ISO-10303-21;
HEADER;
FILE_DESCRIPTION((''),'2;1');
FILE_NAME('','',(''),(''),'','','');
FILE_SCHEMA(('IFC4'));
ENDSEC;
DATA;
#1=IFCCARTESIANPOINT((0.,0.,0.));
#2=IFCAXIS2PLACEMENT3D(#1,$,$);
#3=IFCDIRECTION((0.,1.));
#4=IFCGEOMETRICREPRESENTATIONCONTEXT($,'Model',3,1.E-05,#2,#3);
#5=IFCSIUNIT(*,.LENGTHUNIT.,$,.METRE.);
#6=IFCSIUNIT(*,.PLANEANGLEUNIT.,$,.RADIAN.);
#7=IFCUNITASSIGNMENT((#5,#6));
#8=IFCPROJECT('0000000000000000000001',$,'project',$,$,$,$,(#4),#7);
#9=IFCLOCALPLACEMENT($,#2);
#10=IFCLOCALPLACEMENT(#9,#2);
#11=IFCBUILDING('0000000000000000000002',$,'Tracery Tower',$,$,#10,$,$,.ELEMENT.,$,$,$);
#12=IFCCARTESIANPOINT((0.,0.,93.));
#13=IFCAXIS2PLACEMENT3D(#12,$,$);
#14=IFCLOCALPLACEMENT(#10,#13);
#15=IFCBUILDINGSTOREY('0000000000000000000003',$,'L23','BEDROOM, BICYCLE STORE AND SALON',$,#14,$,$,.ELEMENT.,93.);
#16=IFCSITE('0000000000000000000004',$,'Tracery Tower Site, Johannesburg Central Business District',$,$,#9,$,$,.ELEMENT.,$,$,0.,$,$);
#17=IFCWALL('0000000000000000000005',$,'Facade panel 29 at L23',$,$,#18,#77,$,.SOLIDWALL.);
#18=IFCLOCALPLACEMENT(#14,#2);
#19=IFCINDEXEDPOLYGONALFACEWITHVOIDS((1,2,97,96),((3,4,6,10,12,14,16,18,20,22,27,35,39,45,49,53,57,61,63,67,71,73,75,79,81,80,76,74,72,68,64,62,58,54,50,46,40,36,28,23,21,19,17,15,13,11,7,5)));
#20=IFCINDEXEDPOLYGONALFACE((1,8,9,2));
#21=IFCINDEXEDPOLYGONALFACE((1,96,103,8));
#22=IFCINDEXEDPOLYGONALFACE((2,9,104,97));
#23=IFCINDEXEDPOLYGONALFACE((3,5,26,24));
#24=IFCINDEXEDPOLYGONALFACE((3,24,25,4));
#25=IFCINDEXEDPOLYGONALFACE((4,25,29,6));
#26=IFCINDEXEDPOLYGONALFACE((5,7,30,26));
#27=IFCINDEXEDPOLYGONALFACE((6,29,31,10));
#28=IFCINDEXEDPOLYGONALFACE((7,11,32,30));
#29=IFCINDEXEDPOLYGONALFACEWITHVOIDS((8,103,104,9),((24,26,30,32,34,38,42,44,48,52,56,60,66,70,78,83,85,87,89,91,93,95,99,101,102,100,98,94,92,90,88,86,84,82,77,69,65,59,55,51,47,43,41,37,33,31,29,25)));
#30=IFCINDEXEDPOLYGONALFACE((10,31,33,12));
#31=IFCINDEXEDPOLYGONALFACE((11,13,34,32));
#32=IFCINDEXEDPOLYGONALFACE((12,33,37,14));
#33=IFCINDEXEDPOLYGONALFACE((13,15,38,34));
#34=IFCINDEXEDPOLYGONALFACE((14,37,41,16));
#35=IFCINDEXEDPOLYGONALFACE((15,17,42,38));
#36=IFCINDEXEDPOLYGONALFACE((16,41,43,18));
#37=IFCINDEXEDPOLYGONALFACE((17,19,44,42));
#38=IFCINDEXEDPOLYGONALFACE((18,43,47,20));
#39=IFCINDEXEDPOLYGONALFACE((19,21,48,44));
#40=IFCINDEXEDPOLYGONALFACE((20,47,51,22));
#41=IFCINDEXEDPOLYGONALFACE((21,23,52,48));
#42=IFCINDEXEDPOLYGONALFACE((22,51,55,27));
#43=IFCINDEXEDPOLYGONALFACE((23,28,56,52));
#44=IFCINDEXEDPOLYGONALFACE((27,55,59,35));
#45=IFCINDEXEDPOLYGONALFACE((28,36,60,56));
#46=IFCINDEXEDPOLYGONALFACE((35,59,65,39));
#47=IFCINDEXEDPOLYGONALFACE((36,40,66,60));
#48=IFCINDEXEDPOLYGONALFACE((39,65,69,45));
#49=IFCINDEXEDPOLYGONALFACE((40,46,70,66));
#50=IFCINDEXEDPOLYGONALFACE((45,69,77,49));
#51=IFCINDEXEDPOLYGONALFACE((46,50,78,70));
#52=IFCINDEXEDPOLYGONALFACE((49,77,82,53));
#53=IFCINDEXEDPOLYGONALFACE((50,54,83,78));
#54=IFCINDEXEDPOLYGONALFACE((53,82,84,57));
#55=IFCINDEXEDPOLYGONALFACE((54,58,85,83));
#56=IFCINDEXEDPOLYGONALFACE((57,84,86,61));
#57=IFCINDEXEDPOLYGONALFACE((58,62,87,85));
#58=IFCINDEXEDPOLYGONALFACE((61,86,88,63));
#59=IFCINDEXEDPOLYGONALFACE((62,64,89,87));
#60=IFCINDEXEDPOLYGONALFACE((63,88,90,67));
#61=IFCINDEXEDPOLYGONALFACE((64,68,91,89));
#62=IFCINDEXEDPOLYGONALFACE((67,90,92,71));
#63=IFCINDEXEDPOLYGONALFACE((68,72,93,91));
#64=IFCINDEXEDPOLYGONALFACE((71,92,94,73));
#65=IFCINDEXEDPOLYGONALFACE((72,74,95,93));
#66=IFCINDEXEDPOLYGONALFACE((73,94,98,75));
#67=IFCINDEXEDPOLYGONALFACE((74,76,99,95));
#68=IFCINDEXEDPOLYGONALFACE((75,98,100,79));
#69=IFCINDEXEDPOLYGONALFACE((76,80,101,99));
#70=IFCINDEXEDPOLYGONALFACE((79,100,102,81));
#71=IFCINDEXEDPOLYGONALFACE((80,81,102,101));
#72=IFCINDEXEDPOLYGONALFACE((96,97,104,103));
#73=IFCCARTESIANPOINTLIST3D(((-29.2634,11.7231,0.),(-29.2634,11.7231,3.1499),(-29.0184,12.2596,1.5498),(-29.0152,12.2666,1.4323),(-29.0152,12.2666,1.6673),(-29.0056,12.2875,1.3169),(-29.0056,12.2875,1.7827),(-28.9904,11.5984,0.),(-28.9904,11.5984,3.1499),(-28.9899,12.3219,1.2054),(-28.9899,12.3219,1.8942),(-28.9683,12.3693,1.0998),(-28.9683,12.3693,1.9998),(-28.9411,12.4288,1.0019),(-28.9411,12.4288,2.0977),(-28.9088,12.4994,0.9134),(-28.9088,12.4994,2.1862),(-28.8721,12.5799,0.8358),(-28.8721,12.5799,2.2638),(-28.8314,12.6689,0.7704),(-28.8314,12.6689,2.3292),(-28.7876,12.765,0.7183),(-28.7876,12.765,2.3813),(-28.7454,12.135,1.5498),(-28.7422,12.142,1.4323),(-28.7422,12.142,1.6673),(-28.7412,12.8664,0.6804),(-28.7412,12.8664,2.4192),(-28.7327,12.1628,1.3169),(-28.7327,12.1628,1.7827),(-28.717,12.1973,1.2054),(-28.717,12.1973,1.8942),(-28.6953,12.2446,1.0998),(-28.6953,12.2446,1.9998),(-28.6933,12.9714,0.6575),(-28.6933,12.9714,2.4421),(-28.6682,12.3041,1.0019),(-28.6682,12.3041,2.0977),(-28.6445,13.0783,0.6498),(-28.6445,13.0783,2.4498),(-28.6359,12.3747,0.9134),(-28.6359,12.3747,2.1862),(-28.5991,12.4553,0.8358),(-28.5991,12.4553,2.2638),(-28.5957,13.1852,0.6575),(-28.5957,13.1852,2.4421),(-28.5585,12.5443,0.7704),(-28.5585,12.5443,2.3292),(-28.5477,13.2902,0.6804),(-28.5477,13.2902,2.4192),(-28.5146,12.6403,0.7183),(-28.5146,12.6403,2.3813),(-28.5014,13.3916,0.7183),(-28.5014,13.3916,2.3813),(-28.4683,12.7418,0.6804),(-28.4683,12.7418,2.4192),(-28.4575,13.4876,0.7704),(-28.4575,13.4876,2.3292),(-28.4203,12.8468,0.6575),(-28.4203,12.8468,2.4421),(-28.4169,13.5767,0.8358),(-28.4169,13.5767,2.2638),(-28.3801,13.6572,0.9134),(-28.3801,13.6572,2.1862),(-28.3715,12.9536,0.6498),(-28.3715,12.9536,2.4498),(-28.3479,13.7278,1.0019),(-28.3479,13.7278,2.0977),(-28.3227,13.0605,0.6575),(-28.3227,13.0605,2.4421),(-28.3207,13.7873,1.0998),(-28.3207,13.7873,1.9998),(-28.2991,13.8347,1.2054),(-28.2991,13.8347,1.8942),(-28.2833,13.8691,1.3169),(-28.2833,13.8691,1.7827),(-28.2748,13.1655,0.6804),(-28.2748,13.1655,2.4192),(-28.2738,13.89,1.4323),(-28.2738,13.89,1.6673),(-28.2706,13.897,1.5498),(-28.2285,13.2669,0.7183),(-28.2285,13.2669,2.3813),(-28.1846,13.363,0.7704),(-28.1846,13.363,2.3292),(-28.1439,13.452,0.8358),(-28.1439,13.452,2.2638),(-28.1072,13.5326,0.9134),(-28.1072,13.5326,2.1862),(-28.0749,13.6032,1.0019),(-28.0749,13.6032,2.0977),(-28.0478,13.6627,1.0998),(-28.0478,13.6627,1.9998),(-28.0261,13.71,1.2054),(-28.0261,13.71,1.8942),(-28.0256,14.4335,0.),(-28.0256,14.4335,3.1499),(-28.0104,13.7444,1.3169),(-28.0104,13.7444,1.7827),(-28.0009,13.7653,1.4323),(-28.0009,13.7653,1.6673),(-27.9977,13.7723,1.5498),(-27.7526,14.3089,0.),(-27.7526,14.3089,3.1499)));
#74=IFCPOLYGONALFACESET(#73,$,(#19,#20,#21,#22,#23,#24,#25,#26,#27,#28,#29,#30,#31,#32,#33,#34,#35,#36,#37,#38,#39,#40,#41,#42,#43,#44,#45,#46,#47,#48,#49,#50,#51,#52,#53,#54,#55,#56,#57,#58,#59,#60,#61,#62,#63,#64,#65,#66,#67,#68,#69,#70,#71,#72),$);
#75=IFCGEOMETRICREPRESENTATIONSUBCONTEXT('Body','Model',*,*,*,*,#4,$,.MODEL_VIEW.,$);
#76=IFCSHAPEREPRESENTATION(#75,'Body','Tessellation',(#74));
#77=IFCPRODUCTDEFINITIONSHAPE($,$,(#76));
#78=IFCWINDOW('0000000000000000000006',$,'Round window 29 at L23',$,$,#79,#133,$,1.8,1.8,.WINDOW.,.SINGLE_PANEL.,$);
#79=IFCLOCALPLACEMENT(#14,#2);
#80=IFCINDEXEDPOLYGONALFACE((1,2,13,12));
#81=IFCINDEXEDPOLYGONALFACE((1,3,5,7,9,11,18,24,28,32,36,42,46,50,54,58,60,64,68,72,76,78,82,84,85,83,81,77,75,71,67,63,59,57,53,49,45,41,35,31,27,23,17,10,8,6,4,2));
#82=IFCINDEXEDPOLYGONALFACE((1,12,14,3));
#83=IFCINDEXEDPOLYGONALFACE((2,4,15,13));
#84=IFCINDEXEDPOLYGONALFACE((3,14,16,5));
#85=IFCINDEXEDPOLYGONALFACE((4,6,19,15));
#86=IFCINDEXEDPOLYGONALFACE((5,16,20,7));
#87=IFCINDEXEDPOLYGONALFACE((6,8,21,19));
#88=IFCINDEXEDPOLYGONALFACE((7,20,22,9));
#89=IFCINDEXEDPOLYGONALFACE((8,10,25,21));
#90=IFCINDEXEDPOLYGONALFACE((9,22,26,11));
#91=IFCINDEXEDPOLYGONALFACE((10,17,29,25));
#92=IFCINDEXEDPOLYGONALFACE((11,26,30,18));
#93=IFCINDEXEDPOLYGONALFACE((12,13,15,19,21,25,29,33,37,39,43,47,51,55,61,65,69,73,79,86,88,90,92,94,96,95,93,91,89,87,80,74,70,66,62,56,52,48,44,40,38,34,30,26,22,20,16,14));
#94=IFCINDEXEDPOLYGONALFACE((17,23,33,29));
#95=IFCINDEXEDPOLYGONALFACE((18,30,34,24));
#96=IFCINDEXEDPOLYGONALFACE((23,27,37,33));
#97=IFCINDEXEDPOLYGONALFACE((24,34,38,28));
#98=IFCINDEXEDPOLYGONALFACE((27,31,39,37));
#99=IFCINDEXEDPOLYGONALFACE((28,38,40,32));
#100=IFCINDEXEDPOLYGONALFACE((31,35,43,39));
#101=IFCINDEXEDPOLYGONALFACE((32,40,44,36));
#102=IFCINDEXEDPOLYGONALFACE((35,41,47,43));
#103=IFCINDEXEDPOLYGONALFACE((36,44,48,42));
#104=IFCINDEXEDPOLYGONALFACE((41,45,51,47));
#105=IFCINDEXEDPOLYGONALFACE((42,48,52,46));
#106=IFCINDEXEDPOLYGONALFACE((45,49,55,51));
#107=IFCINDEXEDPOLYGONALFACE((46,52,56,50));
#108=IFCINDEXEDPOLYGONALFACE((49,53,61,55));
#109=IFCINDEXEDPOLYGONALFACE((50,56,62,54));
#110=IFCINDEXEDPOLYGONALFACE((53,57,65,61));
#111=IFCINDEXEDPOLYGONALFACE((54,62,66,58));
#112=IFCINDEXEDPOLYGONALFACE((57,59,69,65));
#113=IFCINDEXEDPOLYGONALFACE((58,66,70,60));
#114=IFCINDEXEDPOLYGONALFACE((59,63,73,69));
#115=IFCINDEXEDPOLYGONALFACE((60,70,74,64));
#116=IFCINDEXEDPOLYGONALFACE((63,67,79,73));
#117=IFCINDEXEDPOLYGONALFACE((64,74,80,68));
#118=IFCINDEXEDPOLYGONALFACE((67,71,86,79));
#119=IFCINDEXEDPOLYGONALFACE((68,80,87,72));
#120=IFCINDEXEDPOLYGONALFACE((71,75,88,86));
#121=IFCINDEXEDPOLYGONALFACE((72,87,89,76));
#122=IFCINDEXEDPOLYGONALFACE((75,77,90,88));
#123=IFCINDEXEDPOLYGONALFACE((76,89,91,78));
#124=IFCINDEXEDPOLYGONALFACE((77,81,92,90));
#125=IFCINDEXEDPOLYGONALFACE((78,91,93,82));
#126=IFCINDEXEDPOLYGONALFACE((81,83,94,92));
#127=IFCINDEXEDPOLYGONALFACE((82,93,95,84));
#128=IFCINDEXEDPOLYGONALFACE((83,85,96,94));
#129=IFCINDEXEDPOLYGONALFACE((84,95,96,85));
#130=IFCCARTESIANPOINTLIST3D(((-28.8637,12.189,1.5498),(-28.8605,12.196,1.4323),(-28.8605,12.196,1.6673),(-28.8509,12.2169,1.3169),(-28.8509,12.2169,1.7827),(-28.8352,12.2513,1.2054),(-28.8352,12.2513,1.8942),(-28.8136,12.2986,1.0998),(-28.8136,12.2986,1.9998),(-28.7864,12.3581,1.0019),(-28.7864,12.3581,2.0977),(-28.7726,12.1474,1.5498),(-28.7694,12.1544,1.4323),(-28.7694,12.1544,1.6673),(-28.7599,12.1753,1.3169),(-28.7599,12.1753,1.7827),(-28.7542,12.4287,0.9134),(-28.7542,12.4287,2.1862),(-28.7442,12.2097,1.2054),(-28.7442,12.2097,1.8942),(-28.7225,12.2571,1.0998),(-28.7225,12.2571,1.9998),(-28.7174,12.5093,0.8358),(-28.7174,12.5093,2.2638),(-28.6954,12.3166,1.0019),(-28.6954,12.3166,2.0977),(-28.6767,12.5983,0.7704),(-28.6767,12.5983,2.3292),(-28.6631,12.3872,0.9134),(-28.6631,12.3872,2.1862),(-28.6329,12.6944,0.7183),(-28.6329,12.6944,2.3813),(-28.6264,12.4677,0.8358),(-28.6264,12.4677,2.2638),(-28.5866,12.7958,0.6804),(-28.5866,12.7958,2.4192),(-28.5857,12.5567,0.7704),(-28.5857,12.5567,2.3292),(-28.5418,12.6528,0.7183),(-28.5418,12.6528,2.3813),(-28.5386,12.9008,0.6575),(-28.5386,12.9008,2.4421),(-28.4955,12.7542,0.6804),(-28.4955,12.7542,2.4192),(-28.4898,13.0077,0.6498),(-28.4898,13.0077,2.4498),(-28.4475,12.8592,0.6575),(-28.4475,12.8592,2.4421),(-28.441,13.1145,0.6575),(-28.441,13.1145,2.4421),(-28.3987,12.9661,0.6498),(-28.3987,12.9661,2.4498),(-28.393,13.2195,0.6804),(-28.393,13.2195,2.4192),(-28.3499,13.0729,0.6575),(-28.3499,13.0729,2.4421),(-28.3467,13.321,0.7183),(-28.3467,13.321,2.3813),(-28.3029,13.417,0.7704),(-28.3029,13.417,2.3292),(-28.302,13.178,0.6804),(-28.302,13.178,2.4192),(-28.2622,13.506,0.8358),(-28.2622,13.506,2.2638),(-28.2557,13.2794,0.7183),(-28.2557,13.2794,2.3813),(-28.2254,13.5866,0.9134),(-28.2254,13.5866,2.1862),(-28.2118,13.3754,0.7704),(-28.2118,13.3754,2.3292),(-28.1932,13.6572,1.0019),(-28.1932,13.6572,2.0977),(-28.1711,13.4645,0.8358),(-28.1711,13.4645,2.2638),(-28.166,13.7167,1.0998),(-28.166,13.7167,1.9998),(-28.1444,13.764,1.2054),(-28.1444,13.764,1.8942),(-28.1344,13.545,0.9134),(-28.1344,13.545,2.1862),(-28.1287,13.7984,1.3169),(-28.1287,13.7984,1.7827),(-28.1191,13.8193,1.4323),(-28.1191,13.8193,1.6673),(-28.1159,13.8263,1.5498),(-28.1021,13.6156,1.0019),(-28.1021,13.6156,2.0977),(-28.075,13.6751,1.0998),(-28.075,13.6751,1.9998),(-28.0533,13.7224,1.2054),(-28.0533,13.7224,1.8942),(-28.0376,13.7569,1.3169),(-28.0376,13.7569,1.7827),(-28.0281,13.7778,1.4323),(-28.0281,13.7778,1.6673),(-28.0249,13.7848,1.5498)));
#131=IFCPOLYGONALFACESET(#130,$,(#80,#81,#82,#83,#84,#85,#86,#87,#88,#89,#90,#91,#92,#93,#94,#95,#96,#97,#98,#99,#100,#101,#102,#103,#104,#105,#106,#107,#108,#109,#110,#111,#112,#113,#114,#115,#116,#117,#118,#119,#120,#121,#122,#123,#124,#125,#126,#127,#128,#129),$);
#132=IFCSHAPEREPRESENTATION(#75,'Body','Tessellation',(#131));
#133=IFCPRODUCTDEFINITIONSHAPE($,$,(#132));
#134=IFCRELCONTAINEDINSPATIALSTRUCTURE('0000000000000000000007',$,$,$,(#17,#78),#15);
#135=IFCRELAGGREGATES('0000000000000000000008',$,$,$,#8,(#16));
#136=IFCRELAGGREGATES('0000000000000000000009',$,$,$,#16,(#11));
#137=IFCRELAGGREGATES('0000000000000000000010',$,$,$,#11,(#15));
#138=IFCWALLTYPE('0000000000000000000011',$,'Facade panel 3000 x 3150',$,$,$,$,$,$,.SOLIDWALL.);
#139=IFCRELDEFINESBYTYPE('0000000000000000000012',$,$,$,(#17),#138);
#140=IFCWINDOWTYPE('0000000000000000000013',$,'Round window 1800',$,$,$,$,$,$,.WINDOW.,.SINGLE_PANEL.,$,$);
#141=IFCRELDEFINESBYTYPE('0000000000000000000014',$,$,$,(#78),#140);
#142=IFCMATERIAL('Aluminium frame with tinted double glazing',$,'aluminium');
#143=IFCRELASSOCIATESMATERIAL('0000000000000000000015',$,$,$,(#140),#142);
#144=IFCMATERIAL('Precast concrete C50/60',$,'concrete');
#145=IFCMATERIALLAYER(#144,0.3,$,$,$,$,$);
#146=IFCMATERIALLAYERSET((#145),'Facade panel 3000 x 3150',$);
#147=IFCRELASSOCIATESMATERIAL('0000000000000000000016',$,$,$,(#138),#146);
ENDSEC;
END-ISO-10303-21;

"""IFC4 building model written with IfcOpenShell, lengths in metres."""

from ifc_helpers import new_model, si_unit, direction, frame, frame_2d, origin, origin_2d, place, context, subcontext, project, spatial, rectangle, circle, extrude, material, layer, layer_set, type_object, element, fill, save


model = new_model("IFC4")

# Units and contexts
model_context = context("Model", 3, precision=1e-05, world=origin(), true_north=direction((0.0, 1.0)))
body_context = subcontext(model_context, "Body", "Model", "MODEL_VIEW")
ifc_project = project(units=[si_unit("LENGTHUNIT", "METRE"), si_unit("PLANEANGLEUNIT", "RADIAN")], contexts=[model_context])

# Site, building, storey
site_placement = place(None, origin())
site = spatial("IfcSite", under=ifc_project, at=site_placement, Name="Tracery Tower Site, Johannesburg Central Business District", CompositionType="ELEMENT", RefElevation=0.0)
building_placement = place(site_placement, origin())
building = spatial("IfcBuilding", under=site, at=building_placement, Name="Tracery Tower", CompositionType="ELEMENT")
storey_placement = place(building_placement, frame((0.0, 0.0, 93.0)))
storey = spatial("IfcBuildingStorey", under=building, at=storey_placement, Name="L23", Description="BEDROOM, BICYCLE STORE AND SALON", CompositionType="ELEMENT", Elevation=93.0)

# Wall, opening, window
ifc_material_1 = material(Name="Aluminium frame with tinted double glazing", Category="aluminium")
window_type = type_object("IfcWindowType", Name="Round window 1800", PartitioningType="SINGLE_PANEL", PredefinedType="WINDOW", material=ifc_material_1)
ifc_material_2 = material(Name="Precast concrete C50/60", Category="concrete")
ifc_layer_1 = layer(ifc_material_2, 0.3)
ifc_layer_set_1 = layer_set([ifc_layer_1], Name="Facade panel 3000 x 3150")
wall_type_1 = type_object("IfcWallType", Name="Facade panel 3000 x 3150", PredefinedType="SOLIDWALL", material=ifc_layer_set_1)
wall_1_placement = place(storey_placement, frame((-27.8892, 14.3711, 0.0), z_axis=(0.0, 0.0, 1.0), x_axis=(-0.415407, -0.909636, 0.0)))
wall_1 = element("IfcWall", 1, at=wall_1_placement, inside=storey, type_object=wall_type_1, Name="Facade panel 29 at L23", PredefinedType="SOLIDWALL", context=body_context, shape_type="SweptSolid", body=[
    extrude(rectangle(XDim=2.9797, YDim=0.3, at=frame_2d((1.4897, 0.0))), origin(), (0.0, 0.0, 1.0), 3.1499),
])
opening_1_placement = place(wall_1_placement, frame((1.4897, 0.0, 1.5498)))
opening_1 = element("IfcOpeningElement", 2, at=opening_1_placement, cuts=wall_1, PredefinedType="OPENING", context=body_context, shape_type="SweptSolid", body=[
    extrude(circle(Radius=0.9, at=origin_2d()), frame((0.0, 0.1599, 0.0), z_axis=(0.0, -1.0, 0.0), x_axis=(1.0, 0.0, 0.0)), (0.0, 0.0, 1.0), 0.3201),
])
window_1_placement = place(opening_1_placement, origin())
window_1 = element("IfcWindow", 3, at=window_1_placement, inside=storey, type_object=window_type, Name="Round window 29 at L23", OverallHeight=1.8, OverallWidth=1.8, PartitioningType="SINGLE_PANEL", PredefinedType="WINDOW", context=body_context, shape_type="SweptSolid", body=[
    extrude(circle(Radius=0.9, at=origin_2d()), frame((0.0, 0.1201, 0.0), z_axis=(0.0, -1.0, 0.0), x_axis=(1.0, 0.0, 0.0)), (0.0, 0.0, 1.0), 0.1001),
])
fill(opening_1, window_1)

save(model, "model.ifc")
